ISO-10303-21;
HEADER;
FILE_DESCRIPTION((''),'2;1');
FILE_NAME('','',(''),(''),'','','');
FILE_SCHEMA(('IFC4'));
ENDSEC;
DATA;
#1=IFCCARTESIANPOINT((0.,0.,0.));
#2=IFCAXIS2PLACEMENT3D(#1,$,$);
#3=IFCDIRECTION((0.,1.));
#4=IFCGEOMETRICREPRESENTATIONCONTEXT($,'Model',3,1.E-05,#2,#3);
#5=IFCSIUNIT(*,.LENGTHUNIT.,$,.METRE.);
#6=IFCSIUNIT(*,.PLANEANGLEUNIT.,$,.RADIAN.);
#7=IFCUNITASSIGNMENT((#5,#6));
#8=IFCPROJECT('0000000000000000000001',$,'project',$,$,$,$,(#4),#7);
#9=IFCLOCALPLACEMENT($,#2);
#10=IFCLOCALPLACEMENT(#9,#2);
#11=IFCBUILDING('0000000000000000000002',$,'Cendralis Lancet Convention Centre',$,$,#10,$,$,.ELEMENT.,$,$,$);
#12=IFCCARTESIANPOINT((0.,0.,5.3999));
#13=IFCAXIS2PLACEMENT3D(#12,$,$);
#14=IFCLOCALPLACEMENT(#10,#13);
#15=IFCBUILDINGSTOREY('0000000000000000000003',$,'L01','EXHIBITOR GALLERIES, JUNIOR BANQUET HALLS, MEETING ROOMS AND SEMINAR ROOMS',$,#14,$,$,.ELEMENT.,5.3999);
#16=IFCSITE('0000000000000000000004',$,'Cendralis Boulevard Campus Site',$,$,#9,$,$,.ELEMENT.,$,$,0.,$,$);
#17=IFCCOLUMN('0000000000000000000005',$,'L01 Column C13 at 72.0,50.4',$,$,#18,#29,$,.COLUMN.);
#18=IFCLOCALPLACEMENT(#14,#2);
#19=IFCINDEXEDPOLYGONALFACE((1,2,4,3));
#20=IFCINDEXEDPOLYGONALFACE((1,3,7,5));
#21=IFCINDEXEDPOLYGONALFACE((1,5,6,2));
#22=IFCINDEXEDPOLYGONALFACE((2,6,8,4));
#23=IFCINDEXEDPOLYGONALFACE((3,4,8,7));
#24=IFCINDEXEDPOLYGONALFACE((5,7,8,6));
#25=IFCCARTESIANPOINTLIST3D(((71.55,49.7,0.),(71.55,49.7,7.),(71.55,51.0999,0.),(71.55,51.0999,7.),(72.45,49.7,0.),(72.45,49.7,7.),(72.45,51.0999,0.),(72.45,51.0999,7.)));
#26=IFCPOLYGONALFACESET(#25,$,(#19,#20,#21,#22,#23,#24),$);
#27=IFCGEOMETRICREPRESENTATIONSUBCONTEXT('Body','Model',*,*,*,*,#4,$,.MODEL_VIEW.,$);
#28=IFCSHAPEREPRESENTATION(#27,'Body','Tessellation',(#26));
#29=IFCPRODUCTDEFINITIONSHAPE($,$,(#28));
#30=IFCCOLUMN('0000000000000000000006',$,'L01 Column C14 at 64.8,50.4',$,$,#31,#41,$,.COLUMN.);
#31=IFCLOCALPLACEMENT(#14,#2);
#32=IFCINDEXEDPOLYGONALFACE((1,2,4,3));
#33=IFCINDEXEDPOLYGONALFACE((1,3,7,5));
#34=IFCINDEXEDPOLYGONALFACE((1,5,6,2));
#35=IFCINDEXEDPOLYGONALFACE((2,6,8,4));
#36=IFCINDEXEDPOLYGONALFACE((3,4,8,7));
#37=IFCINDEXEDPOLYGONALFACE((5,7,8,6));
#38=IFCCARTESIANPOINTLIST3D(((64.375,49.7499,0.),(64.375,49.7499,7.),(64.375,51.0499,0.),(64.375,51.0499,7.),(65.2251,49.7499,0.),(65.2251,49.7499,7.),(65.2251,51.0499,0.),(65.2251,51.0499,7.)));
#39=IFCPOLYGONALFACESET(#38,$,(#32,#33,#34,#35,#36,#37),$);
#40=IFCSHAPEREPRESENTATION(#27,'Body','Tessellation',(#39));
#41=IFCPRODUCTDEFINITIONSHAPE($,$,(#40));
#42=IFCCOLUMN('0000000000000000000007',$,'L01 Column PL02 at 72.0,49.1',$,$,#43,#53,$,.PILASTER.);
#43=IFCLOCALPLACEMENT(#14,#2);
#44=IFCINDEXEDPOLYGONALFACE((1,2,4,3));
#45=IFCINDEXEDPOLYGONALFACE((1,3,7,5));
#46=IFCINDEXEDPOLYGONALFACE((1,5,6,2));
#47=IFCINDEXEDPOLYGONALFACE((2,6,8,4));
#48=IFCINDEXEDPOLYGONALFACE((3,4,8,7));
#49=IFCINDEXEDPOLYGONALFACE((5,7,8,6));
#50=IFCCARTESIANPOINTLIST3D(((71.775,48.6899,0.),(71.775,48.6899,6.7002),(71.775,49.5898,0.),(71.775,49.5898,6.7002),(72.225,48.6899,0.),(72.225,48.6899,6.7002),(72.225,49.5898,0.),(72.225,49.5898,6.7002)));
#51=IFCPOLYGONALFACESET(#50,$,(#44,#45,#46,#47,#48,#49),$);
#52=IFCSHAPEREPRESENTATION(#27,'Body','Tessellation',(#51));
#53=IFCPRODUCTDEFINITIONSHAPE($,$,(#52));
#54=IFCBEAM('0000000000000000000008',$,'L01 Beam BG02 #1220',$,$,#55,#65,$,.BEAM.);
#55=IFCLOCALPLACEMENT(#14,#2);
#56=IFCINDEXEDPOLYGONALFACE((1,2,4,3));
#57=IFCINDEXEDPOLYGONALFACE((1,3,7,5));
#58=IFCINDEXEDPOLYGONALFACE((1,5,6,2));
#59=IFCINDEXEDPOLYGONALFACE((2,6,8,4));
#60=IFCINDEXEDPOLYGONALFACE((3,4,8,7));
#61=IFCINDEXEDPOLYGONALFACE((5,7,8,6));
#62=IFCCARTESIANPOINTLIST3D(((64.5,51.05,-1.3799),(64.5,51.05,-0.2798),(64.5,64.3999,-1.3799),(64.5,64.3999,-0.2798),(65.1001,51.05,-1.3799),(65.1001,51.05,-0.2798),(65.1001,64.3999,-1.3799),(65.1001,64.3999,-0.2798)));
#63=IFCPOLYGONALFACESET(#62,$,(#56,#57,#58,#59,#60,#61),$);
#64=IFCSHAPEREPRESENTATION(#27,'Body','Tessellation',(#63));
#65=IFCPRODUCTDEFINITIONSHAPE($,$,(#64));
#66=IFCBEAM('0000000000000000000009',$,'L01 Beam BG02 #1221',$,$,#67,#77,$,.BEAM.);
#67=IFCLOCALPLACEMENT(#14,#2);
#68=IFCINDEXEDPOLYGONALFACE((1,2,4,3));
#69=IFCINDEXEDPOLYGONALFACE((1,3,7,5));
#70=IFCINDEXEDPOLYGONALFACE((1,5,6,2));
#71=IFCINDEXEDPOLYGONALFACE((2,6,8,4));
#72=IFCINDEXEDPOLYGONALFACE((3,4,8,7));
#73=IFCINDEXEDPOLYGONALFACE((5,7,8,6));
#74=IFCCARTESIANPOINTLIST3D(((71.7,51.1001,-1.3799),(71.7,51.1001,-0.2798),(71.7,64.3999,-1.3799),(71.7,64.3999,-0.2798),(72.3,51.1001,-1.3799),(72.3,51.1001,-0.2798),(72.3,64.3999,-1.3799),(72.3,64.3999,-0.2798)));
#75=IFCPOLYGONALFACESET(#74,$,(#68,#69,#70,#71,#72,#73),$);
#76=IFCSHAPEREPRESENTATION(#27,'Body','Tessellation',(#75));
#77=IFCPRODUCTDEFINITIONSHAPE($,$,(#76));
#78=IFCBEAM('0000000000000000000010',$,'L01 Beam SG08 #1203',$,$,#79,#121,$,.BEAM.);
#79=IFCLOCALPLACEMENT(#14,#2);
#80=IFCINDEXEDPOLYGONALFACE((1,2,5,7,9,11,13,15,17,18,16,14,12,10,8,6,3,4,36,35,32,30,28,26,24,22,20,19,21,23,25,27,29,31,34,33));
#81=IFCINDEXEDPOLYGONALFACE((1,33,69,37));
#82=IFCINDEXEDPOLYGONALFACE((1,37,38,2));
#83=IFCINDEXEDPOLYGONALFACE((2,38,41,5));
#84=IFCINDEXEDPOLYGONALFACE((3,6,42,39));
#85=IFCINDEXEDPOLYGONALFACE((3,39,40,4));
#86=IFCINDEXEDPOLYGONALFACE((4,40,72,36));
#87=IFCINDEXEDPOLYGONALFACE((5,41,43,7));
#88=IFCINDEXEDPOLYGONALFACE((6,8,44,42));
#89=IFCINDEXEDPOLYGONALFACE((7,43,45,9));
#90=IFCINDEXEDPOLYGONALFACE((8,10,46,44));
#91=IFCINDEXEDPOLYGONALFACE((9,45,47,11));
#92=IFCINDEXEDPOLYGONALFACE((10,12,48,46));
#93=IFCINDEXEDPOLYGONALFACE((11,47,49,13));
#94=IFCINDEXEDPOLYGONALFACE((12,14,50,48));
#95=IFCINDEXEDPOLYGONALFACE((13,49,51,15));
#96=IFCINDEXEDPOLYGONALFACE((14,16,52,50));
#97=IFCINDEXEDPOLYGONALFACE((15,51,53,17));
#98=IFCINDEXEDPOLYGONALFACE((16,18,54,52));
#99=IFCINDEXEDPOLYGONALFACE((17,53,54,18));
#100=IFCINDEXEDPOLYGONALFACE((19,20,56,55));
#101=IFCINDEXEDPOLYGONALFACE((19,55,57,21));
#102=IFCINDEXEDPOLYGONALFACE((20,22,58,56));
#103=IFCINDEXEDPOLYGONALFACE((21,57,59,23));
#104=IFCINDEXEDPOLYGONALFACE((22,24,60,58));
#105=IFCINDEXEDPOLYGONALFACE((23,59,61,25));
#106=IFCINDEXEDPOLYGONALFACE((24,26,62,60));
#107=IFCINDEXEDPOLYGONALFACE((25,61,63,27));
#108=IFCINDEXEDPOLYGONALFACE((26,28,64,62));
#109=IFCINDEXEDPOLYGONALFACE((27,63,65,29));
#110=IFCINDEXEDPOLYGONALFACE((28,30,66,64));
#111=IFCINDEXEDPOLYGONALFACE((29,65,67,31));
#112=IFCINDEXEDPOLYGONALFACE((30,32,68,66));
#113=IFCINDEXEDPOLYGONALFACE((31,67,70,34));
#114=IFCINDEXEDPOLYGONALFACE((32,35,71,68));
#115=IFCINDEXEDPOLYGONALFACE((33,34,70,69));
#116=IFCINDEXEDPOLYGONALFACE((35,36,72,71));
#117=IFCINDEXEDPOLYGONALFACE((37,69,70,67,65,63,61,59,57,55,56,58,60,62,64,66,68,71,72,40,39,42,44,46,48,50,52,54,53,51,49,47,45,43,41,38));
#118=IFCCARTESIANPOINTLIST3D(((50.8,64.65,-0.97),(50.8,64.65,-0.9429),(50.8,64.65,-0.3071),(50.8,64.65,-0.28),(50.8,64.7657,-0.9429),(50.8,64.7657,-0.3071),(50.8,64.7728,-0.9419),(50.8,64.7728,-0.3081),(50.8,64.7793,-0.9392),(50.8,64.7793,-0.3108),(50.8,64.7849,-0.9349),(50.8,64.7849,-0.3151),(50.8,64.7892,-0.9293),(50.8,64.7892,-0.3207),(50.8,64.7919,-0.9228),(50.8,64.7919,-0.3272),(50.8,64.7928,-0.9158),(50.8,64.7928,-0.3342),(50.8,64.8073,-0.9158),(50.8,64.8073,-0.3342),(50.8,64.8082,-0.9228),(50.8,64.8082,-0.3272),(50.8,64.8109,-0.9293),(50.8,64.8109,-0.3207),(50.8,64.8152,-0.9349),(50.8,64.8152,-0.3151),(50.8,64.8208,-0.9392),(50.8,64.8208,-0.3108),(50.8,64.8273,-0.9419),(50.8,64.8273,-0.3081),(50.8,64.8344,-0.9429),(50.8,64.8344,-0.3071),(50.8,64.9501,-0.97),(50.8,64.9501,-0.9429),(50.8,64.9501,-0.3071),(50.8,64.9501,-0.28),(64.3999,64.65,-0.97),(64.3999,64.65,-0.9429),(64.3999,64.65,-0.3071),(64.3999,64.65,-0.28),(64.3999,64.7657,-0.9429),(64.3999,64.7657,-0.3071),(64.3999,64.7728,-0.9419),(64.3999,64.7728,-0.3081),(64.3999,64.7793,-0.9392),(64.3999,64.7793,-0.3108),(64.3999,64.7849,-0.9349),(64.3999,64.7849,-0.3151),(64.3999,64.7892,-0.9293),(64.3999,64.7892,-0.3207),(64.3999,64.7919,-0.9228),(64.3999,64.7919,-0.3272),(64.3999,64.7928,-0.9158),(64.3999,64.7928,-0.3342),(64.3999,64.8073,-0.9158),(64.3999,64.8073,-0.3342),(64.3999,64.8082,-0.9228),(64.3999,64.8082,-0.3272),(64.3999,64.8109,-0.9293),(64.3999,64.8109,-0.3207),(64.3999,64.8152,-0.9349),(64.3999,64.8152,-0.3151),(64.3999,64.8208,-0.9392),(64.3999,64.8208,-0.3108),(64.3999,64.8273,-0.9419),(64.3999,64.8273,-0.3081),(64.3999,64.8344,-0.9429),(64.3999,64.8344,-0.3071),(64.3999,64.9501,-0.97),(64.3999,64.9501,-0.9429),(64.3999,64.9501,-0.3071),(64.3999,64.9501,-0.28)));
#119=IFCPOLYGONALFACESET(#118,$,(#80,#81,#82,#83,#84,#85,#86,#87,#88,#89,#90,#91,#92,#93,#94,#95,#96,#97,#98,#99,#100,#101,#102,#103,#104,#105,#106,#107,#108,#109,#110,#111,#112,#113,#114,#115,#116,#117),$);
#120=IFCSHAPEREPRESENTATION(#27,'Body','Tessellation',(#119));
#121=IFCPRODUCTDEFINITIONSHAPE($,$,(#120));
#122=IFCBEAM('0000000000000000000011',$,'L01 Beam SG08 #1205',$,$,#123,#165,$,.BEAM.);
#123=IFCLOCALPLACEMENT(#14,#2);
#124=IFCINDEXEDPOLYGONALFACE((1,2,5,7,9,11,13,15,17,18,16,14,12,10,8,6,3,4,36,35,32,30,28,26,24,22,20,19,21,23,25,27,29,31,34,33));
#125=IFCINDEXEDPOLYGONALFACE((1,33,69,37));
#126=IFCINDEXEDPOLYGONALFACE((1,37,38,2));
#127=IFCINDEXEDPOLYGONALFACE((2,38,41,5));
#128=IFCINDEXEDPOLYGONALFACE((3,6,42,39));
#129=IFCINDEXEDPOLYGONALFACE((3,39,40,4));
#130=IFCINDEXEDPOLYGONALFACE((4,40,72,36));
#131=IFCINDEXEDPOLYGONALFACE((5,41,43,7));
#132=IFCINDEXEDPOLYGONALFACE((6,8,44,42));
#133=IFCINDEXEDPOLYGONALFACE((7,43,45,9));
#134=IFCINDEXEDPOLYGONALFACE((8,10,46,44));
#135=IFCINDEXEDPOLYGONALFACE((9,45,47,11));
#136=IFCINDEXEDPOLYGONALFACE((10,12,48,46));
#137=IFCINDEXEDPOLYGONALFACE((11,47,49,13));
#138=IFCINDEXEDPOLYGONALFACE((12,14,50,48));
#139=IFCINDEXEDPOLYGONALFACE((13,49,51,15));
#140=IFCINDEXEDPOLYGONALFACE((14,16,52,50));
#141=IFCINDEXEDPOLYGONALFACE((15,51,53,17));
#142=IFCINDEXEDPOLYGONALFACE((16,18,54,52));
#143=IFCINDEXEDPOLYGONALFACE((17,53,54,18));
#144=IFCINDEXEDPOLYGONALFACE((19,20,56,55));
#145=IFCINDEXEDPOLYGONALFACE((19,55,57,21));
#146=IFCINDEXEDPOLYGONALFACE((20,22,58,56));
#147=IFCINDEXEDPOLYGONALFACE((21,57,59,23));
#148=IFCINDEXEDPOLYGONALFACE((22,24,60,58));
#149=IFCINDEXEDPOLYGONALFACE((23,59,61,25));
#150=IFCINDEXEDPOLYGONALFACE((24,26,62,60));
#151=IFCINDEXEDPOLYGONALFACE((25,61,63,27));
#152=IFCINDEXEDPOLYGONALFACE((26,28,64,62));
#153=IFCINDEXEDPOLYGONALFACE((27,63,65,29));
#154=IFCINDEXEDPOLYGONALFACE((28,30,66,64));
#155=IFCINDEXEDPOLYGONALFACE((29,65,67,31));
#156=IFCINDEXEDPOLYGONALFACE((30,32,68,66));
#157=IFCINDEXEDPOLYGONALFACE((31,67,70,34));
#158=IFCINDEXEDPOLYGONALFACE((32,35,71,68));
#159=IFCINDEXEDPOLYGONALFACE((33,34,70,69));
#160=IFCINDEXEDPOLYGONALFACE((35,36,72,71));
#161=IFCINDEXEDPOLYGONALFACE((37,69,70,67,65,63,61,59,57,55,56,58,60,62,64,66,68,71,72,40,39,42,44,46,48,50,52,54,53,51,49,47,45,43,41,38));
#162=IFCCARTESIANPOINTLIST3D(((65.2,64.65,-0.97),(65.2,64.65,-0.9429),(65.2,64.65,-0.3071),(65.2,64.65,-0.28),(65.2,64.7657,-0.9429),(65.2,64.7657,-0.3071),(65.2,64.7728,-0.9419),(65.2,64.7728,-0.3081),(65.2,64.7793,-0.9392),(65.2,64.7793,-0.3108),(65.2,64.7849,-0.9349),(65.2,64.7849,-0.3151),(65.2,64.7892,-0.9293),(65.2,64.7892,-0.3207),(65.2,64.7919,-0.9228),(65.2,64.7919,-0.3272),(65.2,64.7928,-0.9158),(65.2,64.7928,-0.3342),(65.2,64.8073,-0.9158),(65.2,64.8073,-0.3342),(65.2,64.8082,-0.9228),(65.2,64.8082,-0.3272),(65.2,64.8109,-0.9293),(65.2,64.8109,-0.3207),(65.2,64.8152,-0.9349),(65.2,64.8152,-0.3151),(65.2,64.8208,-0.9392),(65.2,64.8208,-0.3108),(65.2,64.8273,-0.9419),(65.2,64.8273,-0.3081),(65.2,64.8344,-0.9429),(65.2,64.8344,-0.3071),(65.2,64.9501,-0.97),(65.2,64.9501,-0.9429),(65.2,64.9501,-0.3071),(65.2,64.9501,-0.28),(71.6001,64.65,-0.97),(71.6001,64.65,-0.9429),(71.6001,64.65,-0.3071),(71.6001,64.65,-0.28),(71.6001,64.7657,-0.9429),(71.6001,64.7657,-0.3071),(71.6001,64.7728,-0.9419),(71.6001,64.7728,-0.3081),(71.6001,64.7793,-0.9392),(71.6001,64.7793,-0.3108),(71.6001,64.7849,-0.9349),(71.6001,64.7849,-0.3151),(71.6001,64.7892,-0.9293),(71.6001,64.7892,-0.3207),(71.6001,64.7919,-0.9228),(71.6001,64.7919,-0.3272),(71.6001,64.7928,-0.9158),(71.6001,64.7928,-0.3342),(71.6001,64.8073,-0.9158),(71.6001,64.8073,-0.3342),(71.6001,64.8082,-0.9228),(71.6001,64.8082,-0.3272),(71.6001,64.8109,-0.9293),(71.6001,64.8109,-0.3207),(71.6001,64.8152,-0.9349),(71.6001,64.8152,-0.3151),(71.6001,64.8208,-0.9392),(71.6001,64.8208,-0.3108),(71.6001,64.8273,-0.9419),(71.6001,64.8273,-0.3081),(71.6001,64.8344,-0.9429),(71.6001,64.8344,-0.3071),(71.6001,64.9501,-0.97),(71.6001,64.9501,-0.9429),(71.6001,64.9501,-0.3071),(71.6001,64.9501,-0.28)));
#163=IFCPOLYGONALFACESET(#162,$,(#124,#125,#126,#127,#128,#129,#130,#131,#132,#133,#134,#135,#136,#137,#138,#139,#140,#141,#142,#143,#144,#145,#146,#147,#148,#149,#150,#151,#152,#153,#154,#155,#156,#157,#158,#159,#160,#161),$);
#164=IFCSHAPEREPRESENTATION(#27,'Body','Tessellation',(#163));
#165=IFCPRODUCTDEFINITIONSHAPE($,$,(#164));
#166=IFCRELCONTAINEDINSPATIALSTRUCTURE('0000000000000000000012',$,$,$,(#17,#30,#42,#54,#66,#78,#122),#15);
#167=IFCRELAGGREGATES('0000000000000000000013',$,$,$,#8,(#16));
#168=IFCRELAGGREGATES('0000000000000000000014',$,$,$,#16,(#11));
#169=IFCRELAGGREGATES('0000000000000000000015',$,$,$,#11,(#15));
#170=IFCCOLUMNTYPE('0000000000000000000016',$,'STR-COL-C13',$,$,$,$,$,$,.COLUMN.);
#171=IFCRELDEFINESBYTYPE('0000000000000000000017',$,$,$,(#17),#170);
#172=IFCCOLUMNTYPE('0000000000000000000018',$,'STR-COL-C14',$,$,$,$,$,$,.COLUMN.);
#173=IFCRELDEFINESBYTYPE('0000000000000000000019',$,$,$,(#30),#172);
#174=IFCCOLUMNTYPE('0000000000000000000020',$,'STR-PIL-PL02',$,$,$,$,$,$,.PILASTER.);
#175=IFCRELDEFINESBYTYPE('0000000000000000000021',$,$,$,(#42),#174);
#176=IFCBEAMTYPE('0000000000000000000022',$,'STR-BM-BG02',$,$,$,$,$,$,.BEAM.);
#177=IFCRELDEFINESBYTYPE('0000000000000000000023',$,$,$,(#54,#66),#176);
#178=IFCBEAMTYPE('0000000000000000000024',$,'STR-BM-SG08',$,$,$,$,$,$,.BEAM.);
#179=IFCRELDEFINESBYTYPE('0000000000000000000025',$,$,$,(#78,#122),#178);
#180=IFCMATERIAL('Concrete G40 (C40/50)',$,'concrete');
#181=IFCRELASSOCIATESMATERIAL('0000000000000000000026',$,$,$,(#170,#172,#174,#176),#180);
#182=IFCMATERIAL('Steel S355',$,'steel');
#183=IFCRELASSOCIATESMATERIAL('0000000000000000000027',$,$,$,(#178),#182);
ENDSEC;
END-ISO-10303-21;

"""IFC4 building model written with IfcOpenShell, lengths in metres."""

from ifc_helpers import new_model, si_unit, direction, frame, origin, origin_2d, place, context, subcontext, project, spatial, rectangle, i_section, extrude, material, material_profile, profile_set, type_object, element, save


model = new_model("IFC4")

# Units and contexts
model_context = context("Model", 3, precision=1e-05, world=origin(), true_north=direction((0.0, 1.0)))
body_context = subcontext(model_context, "Body", "Model", "MODEL_VIEW")
ifc_project = project(units=[si_unit("LENGTHUNIT", "METRE"), si_unit("PLANEANGLEUNIT", "RADIAN")], contexts=[model_context])

# Site, building, storey
site_placement = place(None, origin())
site = spatial("IfcSite", under=ifc_project, at=site_placement, Name="Cendralis Boulevard Campus Site", CompositionType="ELEMENT", RefElevation=0.0)
building_placement = place(site_placement, origin())
building = spatial("IfcBuilding", under=site, at=building_placement, Name="Cendralis Lancet Convention Centre", CompositionType="ELEMENT")
storey_placement = place(building_placement, frame((0.0, 0.0, 5.3999)))
storey = spatial("IfcBuildingStorey", under=building, at=storey_placement, Name="L01", Description="EXHIBITOR GALLERIES, JUNIOR BANQUET HALLS, MEETING ROOMS AND SEMINAR ROOMS", CompositionType="ELEMENT", Elevation=5.3999)

# Columns
ifc_material_1 = material(Name="Concrete G40 (C40/50)", Category="concrete")
ifc_material_profile_1 = material_profile(ifc_material_1, rectangle(XDim=0.8999, YDim=1.3999, at=origin_2d()), Name="RC 900x1400")
ifc_profile_set_1 = profile_set([ifc_material_profile_1], Name="Concrete G40 (C40/50)")
column_type_1 = type_object("IfcColumnType", Name="STR-COL-C13", PredefinedType="COLUMN", material=ifc_profile_set_1)
column_1_placement = place(storey_placement, frame((72.0, 50.3999, 0.0), z_axis=(0.0, 0.0, 1.0), x_axis=(1.0, 0.0, 0.0)))
element("IfcColumn", 1, at=column_1_placement, inside=storey, type_object=column_type_1, Name="L01 Column C13 at 72.0,50.4", PredefinedType="COLUMN", context=body_context, shape_type="SweptSolid", body=[
    extrude(rectangle(XDim=0.8999, YDim=1.3999, at=origin_2d()), origin(), (0.0, 0.0, 1.0), 7.0),
])
ifc_material_profile_2 = material_profile(ifc_material_1, rectangle(XDim=0.8501, YDim=1.3, at=origin_2d()), Name="RC 850x1300")
ifc_profile_set_2 = profile_set([ifc_material_profile_2], Name="Concrete G40 (C40/50)")
column_type_2 = type_object("IfcColumnType", Name="STR-COL-C14", PredefinedType="COLUMN", material=ifc_profile_set_2)
column_2_placement = place(storey_placement, frame((64.8, 50.3999, 0.0), z_axis=(0.0, 0.0, 1.0), x_axis=(1.0, 0.0, 0.0)))
element("IfcColumn", 2, at=column_2_placement, inside=storey, type_object=column_type_2, Name="L01 Column C14 at 64.8,50.4", PredefinedType="COLUMN", context=body_context, shape_type="SweptSolid", body=[
    extrude(rectangle(XDim=0.8501, YDim=1.3, at=origin_2d()), origin(), (0.0, 0.0, 1.0), 7.0),
])
ifc_material_profile_3 = material_profile(ifc_material_1, rectangle(XDim=0.45, YDim=0.8999, at=origin_2d()), Name="RC 450x900")
ifc_profile_set_3 = profile_set([ifc_material_profile_3], Name="Concrete G40 (C40/50)")
column_type_3 = type_object("IfcColumnType", Name="STR-PIL-PL02", PredefinedType="PILASTER", material=ifc_profile_set_3)
column_3_placement = place(storey_placement, frame((72.0, 49.1399, 0.0), z_axis=(0.0, 0.0, 1.0), x_axis=(1.0, 0.0, 0.0)))
element("IfcColumn", 3, at=column_3_placement, inside=storey, type_object=column_type_3, Name="L01 Column PL02 at 72.0,49.1", PredefinedType="PILASTER", context=body_context, shape_type="SweptSolid", body=[
    extrude(rectangle(XDim=0.45, YDim=0.8999, at=origin_2d()), origin(), (0.0, 0.0, 1.0), 6.7002),
])

# Beams
ifc_material_profile_4 = material_profile(ifc_material_1, rectangle(XDim=0.6001, YDim=1.1001, at=origin_2d()), Name="RCB 600x1100")
ifc_profile_set_4 = profile_set([ifc_material_profile_4], Name="Concrete G40 (C40/50)")
beam_type_1 = type_object("IfcBeamType", Name="STR-BM-BG02", PredefinedType="BEAM", material=ifc_profile_set_4)
beam_1_placement = place(storey_placement, frame((64.8, 51.05, -0.8298), z_axis=(0.0, 1.0, 0.0), x_axis=(-1.0, 0.0, 0.0)))
element("IfcBeam", 4, at=beam_1_placement, inside=storey, type_object=beam_type_1, Name="L01 Beam BG02 #1220", PredefinedType="BEAM", context=body_context, shape_type="SweptSolid", body=[
    extrude(rectangle(XDim=0.6001, YDim=1.1001, at=origin_2d()), origin(), (0.0, 0.0, 1.0), 13.3499),
])
beam_2_placement = place(storey_placement, frame((72.0, 51.1001, -0.8298), z_axis=(0.0, 1.0, 0.0), x_axis=(-1.0, 0.0, 0.0)))
element("IfcBeam", 5, at=beam_2_placement, inside=storey, type_object=beam_type_1, Name="L01 Beam BG02 #1221", PredefinedType="BEAM", context=body_context, shape_type="SweptSolid", body=[
    extrude(rectangle(XDim=0.6001, YDim=1.1001, at=origin_2d()), origin(), (0.0, 0.0, 1.0), 13.2998),
])
ifc_material_2 = material(Name="Steel S355", Category="steel")
ifc_material_profile_5 = material_profile(ifc_material_2, i_section(OverallWidth=0.3, OverallDepth=0.6899, WebThickness=0.0144, FlangeThickness=0.0271, FilletRadius=0.0271, at=origin_2d()), Name="HEA 700")
ifc_profile_set_5 = profile_set([ifc_material_profile_5], Name="Steel S355")
beam_type_2 = type_object("IfcBeamType", Name="STR-BM-SG08", PredefinedType="BEAM", material=ifc_profile_set_5)
beam_3_placement = place(storey_placement, frame((50.8, 64.8, -0.625), z_axis=(1.0, 0.0, 0.0), x_axis=(0.0, 1.0, 0.0)))
element("IfcBeam", 6, at=beam_3_placement, inside=storey, type_object=beam_type_2, Name="L01 Beam SG08 #1203", PredefinedType="BEAM", context=body_context, shape_type="SweptSolid", body=[
    extrude(i_section(OverallWidth=0.3, OverallDepth=0.6899, WebThickness=0.0144, FlangeThickness=0.0271, FilletRadius=0.0271, at=origin_2d()), origin(), (0.0, 0.0, 1.0), 13.5999),
])
for number, where, z_axis, x_axis, name in (
    (7, (65.2, 64.8, -0.625), (1.0, 0.0, 0.0), (0.0, 1.0, 0.0), "L01 Beam SG08 #1205"),
):
    element("IfcBeam", number, at=place(storey_placement, frame(where, z_axis=z_axis, x_axis=x_axis)), inside=storey, type_object=beam_type_2, Name=name, PredefinedType="BEAM", context=body_context, shape_type="SweptSolid", body=[
        extrude(i_section(OverallWidth=0.3, OverallDepth=0.6899, WebThickness=0.0144, FlangeThickness=0.0271, FilletRadius=0.0271, at=origin_2d()), origin(), (0.0, 0.0, 1.0), 6.4001),
    ])

save(model, "model.ifc")
